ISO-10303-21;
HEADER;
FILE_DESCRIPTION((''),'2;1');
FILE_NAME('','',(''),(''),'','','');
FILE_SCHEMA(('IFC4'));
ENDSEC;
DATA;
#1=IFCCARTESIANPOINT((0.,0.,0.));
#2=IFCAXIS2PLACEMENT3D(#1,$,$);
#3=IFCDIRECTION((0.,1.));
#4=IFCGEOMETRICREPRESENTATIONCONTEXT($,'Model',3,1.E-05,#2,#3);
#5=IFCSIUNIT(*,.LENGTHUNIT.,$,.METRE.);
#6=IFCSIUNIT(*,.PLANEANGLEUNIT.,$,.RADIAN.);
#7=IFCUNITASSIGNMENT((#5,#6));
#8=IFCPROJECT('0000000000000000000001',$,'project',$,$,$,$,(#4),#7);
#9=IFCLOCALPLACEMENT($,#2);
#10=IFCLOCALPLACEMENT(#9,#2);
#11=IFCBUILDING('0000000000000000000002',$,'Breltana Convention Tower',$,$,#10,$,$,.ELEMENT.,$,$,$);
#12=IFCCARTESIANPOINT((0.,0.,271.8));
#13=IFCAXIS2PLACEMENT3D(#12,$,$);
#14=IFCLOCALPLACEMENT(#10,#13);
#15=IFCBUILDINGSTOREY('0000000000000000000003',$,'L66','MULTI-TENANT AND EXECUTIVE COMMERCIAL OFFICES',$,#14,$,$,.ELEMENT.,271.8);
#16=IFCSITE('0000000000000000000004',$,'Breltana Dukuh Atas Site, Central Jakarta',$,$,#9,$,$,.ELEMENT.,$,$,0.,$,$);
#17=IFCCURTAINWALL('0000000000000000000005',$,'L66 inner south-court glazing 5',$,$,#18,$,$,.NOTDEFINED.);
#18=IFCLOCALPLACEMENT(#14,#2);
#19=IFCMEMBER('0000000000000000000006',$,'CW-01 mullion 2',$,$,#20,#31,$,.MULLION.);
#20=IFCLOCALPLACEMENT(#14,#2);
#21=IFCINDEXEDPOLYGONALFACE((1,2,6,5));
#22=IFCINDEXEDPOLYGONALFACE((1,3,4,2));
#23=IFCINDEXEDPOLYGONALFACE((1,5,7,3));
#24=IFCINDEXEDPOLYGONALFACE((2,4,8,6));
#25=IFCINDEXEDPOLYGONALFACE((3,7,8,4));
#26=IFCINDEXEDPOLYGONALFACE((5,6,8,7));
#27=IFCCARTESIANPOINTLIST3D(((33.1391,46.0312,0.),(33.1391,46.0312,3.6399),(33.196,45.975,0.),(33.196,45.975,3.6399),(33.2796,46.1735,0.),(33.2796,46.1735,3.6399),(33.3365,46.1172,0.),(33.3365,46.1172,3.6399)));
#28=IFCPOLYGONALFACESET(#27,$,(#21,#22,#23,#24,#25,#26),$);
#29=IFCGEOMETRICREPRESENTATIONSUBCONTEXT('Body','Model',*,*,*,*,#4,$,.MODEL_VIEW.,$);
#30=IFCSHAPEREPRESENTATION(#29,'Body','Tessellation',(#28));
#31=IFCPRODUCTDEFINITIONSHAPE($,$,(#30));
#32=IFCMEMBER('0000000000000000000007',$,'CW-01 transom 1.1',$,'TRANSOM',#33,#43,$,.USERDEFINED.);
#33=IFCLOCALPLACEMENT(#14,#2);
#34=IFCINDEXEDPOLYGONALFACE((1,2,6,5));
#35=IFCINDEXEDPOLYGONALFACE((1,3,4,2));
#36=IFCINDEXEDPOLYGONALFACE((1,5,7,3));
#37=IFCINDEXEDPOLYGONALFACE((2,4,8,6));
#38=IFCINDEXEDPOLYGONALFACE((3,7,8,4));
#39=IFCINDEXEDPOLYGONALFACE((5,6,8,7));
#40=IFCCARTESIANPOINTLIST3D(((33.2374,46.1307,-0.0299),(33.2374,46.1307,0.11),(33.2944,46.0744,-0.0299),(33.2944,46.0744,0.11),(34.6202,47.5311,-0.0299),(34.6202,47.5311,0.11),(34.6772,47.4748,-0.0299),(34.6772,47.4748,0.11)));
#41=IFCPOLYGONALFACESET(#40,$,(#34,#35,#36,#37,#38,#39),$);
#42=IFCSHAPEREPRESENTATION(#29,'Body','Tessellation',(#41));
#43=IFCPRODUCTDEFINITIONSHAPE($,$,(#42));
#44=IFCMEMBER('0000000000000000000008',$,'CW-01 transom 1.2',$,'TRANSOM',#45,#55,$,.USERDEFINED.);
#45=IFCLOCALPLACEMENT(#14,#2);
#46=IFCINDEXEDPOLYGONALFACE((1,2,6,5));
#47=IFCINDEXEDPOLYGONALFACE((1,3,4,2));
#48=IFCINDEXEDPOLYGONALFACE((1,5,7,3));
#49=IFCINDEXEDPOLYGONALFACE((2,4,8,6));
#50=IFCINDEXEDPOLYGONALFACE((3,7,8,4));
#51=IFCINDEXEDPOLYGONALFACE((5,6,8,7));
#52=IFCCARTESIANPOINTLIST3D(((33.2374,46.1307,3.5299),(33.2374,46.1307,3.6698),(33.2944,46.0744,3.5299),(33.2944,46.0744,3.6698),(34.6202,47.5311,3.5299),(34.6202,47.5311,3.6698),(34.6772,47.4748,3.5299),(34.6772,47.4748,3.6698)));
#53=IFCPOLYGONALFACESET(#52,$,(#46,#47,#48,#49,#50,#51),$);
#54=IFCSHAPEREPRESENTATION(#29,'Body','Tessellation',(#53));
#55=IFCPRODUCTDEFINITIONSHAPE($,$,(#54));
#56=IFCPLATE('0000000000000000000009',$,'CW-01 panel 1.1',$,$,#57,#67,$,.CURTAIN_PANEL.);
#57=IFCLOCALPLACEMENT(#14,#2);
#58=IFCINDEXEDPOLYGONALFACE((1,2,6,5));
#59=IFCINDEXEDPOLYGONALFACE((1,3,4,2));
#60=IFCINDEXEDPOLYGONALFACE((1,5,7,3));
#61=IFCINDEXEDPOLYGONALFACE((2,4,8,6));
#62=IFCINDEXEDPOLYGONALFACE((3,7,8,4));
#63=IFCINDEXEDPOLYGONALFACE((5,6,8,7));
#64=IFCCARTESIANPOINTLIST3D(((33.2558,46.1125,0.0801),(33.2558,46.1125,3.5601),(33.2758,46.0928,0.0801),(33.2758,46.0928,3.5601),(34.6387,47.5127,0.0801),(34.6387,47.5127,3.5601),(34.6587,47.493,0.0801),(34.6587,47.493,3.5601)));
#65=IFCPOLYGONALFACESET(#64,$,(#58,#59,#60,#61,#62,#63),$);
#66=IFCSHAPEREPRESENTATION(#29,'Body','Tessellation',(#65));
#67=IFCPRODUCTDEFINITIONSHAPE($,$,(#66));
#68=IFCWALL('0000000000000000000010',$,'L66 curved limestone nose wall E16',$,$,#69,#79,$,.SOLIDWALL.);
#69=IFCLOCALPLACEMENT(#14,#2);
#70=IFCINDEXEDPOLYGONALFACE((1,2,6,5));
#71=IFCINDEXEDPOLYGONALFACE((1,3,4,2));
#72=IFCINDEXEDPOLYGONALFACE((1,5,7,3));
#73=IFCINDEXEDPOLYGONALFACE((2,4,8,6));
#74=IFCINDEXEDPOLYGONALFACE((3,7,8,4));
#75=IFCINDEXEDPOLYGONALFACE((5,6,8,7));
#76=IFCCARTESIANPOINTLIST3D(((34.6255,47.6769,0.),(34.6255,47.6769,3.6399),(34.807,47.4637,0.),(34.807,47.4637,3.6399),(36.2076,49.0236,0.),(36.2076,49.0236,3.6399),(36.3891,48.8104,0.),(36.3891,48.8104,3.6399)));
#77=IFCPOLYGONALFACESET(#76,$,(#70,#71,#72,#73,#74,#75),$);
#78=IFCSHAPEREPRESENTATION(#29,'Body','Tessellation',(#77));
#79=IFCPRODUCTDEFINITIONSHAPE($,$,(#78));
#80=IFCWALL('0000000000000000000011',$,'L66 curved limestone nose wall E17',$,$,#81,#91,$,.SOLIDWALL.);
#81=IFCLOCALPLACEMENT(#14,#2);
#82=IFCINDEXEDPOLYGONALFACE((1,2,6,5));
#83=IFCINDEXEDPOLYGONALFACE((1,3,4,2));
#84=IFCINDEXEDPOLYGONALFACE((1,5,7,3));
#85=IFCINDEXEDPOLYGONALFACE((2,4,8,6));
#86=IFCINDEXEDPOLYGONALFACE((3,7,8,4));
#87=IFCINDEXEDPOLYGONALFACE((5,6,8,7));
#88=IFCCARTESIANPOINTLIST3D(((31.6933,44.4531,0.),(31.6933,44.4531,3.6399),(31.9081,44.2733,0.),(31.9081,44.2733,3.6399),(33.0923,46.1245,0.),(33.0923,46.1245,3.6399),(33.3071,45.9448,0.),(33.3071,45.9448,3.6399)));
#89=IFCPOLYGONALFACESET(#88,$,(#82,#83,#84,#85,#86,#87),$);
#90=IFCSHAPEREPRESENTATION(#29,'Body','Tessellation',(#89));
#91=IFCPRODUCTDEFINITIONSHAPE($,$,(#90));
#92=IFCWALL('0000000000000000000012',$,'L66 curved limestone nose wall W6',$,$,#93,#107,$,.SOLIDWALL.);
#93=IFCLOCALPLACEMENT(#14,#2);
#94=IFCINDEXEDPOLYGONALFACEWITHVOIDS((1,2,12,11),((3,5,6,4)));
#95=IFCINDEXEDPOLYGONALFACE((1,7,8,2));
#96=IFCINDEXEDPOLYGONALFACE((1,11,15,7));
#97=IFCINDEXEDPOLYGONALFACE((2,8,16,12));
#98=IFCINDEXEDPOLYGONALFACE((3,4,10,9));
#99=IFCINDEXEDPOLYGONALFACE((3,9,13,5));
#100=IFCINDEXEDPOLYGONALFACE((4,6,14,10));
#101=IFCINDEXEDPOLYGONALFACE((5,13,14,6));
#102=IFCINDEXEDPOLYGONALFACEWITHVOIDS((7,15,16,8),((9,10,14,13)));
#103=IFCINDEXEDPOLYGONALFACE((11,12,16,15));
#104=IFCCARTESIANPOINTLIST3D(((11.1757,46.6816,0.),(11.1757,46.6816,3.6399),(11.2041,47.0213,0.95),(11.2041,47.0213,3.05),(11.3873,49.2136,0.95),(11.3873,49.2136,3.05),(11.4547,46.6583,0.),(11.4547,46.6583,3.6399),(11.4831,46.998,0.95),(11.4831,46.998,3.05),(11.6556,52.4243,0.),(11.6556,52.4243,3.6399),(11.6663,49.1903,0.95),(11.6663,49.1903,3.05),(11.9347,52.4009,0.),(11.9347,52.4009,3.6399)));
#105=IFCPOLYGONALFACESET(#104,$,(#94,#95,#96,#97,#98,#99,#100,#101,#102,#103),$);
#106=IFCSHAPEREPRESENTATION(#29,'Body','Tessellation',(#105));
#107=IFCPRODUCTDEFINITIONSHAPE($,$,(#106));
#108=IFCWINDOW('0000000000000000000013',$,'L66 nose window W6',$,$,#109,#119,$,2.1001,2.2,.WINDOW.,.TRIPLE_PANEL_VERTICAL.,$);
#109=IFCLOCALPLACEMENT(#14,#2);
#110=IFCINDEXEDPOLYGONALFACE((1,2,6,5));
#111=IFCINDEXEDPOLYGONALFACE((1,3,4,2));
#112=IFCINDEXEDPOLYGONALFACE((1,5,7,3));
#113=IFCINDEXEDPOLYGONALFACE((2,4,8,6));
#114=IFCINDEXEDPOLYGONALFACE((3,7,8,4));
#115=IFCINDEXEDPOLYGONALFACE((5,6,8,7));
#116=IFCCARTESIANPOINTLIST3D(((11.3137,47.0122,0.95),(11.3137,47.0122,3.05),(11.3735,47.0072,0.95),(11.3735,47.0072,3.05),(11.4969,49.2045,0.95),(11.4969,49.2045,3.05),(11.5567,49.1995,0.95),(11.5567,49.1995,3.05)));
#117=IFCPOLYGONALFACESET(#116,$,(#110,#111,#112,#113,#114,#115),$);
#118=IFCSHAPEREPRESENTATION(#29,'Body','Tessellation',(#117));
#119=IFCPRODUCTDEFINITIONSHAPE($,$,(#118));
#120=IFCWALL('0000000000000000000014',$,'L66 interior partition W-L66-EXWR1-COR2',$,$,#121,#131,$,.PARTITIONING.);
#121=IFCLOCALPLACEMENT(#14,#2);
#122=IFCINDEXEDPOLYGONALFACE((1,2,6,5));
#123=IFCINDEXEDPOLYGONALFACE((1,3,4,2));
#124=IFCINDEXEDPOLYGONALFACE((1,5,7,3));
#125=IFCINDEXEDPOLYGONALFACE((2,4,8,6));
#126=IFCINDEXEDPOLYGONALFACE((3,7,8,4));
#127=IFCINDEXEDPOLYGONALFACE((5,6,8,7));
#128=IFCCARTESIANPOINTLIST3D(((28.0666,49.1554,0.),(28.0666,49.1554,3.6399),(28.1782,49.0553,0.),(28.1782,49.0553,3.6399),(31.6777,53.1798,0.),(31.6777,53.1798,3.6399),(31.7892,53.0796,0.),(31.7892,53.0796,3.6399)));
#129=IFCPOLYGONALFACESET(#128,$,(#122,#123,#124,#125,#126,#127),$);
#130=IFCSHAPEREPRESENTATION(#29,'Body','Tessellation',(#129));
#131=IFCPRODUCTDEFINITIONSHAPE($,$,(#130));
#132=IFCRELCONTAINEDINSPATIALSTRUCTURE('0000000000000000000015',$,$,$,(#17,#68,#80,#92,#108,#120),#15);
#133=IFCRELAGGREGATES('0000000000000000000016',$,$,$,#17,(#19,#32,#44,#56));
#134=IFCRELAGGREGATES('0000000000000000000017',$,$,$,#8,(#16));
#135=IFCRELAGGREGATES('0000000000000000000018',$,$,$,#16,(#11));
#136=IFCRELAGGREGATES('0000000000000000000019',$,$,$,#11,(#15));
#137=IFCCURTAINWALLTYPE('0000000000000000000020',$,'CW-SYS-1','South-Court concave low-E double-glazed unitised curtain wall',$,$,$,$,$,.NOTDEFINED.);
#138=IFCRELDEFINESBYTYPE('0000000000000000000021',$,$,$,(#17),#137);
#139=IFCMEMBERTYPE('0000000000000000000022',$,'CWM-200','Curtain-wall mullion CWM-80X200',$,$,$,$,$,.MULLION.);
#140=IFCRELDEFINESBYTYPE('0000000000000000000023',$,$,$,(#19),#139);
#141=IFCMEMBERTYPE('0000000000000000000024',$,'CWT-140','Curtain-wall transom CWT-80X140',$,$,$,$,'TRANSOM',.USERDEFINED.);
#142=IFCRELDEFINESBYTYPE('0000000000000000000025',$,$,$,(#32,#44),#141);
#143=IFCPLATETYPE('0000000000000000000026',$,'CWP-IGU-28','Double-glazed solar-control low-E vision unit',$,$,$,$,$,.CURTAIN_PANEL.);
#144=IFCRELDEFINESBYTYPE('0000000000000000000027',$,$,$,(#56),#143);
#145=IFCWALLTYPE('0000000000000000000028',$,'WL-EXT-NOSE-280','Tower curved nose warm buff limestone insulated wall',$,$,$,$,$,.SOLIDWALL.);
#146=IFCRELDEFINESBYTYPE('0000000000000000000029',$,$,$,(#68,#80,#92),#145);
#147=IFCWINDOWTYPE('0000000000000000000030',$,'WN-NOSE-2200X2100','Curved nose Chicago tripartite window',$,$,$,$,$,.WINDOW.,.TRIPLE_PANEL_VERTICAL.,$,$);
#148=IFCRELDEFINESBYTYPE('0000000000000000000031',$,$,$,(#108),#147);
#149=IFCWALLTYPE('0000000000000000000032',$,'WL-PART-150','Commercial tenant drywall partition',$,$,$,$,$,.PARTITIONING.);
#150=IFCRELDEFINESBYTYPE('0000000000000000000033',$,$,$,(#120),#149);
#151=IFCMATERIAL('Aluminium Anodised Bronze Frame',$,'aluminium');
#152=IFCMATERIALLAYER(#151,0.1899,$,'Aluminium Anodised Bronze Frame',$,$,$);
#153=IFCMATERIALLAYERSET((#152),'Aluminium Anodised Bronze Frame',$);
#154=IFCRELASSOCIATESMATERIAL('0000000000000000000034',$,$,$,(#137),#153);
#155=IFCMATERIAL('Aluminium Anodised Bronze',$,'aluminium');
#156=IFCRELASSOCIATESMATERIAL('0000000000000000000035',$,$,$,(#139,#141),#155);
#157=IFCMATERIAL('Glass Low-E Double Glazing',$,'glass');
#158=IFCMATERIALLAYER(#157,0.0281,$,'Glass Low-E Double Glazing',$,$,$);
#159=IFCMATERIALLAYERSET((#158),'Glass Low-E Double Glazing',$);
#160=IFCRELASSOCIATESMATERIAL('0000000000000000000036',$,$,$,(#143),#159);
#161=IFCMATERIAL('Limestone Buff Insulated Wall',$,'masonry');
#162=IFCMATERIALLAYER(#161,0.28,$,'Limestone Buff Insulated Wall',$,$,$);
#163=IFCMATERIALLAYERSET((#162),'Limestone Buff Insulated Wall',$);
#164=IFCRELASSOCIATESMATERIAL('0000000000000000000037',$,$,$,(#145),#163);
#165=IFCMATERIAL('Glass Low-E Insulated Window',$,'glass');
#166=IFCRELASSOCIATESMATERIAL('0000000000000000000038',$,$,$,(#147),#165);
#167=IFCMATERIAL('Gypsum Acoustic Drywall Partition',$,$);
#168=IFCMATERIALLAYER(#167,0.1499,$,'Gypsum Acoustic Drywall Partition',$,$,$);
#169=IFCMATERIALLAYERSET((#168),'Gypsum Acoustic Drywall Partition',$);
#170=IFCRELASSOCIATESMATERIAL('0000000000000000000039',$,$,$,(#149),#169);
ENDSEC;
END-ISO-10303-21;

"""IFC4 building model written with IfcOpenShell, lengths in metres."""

from ifc_helpers import new_model, si_unit, direction, frame, frame_2d, origin, origin_2d, place, context, subcontext, project, spatial, rectangle, extrude, source, transform, mapped, material, layer, layer_set, material_profile, profile_set, type_object, type_shapes, element, fill, aggregate, save


model = new_model("IFC4")

# Units and contexts
model_context = context("Model", 3, precision=1e-05, world=origin(), true_north=direction((0.0, 1.0)))
body_context = subcontext(model_context, "Body", "Model", "MODEL_VIEW")
ifc_project = project(units=[si_unit("LENGTHUNIT", "METRE"), si_unit("PLANEANGLEUNIT", "RADIAN")], contexts=[model_context])

# Site, building, storey
site_placement = place(None, origin())
site = spatial("IfcSite", under=ifc_project, at=site_placement, Name="Breltana Dukuh Atas Site, Central Jakarta", CompositionType="ELEMENT", RefElevation=0.0)
building_placement = place(site_placement, origin())
building = spatial("IfcBuilding", under=site, at=building_placement, Name="Breltana Convention Tower", CompositionType="ELEMENT")
storey_placement = place(building_placement, frame((0.0, 0.0, 271.8)))
storey = spatial("IfcBuildingStorey", under=building, at=storey_placement, Name="L66", Description="MULTI-TENANT AND EXECUTIVE COMMERCIAL OFFICES", CompositionType="ELEMENT", Elevation=271.8)

# Curtain wall, members, plate
ifc_material_1 = material(Name="Aluminium Anodised Bronze Frame", Category="aluminium")
ifc_layer_1 = layer(ifc_material_1, 0.1899, Name="Aluminium Anodised Bronze Frame")
ifc_layer_set_1 = layer_set([ifc_layer_1], Name="Aluminium Anodised Bronze Frame")
curtain_wall_type = type_object("IfcCurtainWallType", Name="CW-SYS-1", Description="South-Court concave low-E double-glazed unitised curtain wall", PredefinedType="NOTDEFINED", material=ifc_layer_set_1)
curtain_wall_placement = place(storey_placement, origin())
curtain_wall = element("IfcCurtainWall", 1, at=curtain_wall_placement, inside=storey, type_object=curtain_wall_type, Name="L66 inner south-court glazing 5", PredefinedType="NOTDEFINED")
ifc_material_2 = material(Name="Aluminium Anodised Bronze", Category="aluminium")
ifc_material_profile_1 = material_profile(ifc_material_2, rectangle(XDim=0.0801, YDim=0.2, at=origin_2d()), Name="CWM-80X200")
ifc_profile_set_1 = profile_set([ifc_material_profile_1], Name="Aluminium Anodised Bronze")
member_type_1 = type_object("IfcMemberType", Name="CWM-200", Description="Curtain-wall mullion CWM-80X200", PredefinedType="MULLION", material=ifc_profile_set_1)
shared_shape_1 = source(origin(), body_context, "Body", "SweptSolid", [
    extrude(rectangle(XDim=0.0801, YDim=0.2, at=origin_2d()), origin(), (0.0, 0.0, 1.0), 3.6399),
])
member_1_placement = place(storey_placement, frame((33.2378, 46.0742, 0.0), z_axis=(0.0, 0.0, 1.0), x_axis=(0.711487, -0.702699, 0.0)))
member_1 = element("IfcMember", 2, at=member_1_placement, type_object=member_type_1, Name="CW-01 mullion 2", PredefinedType="MULLION", context=body_context, shape_type="MappedRepresentation", body=[
    mapped(shared_shape_1, transform((0.0, 0.0, 0.0), scale=1.0)),
])
ifc_material_profile_2 = material_profile(ifc_material_2, rectangle(XDim=0.0801, YDim=0.1399, at=origin_2d()), Name="CWT-80X140")
ifc_profile_set_2 = profile_set([ifc_material_profile_2], Name="Aluminium Anodised Bronze")
member_type_2 = type_object("IfcMemberType", Name="CWT-140", Description="Curtain-wall transom CWT-80X140", ElementType="TRANSOM", PredefinedType="USERDEFINED", material=ifc_profile_set_2)
shared_shape_2 = source(origin(), body_context, "Body", "SweptSolid", [
    extrude(rectangle(XDim=0.0801, YDim=0.1399, at=origin_2d()), origin(), (0.0, 0.0, 1.0), 1.968),
])
member_2_placement = place(storey_placement, frame((34.6487, 47.5029, 0.04), z_axis=(-0.702627, -0.711559, 0.0), x_axis=(0.711559, -0.702627, 0.0)))
member_2 = element("IfcMember", 3, at=member_2_placement, type_object=member_type_2, Name="CW-01 transom 1.1", ObjectType="TRANSOM", PredefinedType="USERDEFINED", context=body_context, shape_type="MappedRepresentation", body=[
    mapped(shared_shape_2, transform((0.0, 0.0, 0.0), scale=1.0)),
])
member_3_placement = place(storey_placement, frame((34.6487, 47.5029, 3.5999), z_axis=(-0.702627, -0.711559, 0.0), x_axis=(0.711559, -0.702627, 0.0)))
member_3 = element("IfcMember", 4, at=member_3_placement, type_object=member_type_2, Name="CW-01 transom 1.2", ObjectType="TRANSOM", PredefinedType="USERDEFINED", context=body_context, shape_type="MappedRepresentation", body=[
    mapped(shared_shape_2, transform((0.0, 0.0, 0.0), scale=1.0)),
])
ifc_material_3 = material(Name="Glass Low-E Double Glazing", Category="glass")
ifc_layer_2 = layer(ifc_material_3, 0.0281, Name="Glass Low-E Double Glazing")
ifc_layer_set_2 = layer_set([ifc_layer_2], Name="Glass Low-E Double Glazing")
plate_type = type_object("IfcPlateType", Name="CWP-IGU-28", Description="Double-glazed solar-control low-E vision unit", PredefinedType="CURTAIN_PANEL", material=ifc_layer_set_2)
shared_shape_3 = source(origin(), body_context, "Body", "SweptSolid", [
    extrude(rectangle(XDim=1.968, YDim=0.0281, at=origin_2d()), origin(), (0.0, 0.0, 1.0), 3.48),
])
plate_placement = place(storey_placement, frame((33.9573, 46.8027, 0.0801), z_axis=(0.0, 0.0, 1.0), x_axis=(-0.702699, -0.711487, 0.0)))
plate = element("IfcPlate", 5, at=plate_placement, type_object=plate_type, Name="CW-01 panel 1.1", PredefinedType="CURTAIN_PANEL", context=body_context, shape_type="MappedRepresentation", body=[
    mapped(shared_shape_3, transform((0.0, 0.0, 0.0), scale=1.0)),
])
aggregate(curtain_wall, [member_1, member_2, member_3, plate])

# Walls
ifc_material_4 = material(Name="Limestone Buff Insulated Wall", Category="masonry")
ifc_layer_3 = layer(ifc_material_4, 0.28, Name="Limestone Buff Insulated Wall")
ifc_layer_set_3 = layer_set([ifc_layer_3], Name="Limestone Buff Insulated Wall")
wall_type_1 = type_object("IfcWallType", Name="WL-EXT-NOSE-280", Description="Tower curved nose warm buff limestone insulated wall", PredefinedType="SOLIDWALL", material=ifc_layer_set_3)
shared_shape_4 = source(origin(), body_context, "Body", "SweptSolid", [
    extrude(rectangle(XDim=2.0776, YDim=0.28, at=frame_2d((1.0388, 0.0))), origin(), (0.0, 0.0, 1.0), 3.6399),
])
wall_1_placement = place(storey_placement, frame((36.2983, 48.917, 0.0), z_axis=(0.0, 0.0, 1.0), x_axis=(-0.761475, -0.648194, 0.0)))
element("IfcWall", 6, at=wall_1_placement, inside=storey, type_object=wall_type_1, Name="L66 curved limestone nose wall E16", PredefinedType="SOLIDWALL", context=body_context, shape_type="MappedRepresentation", body=[
    mapped(shared_shape_4, transform((0.0, 0.0, 0.0), scale=1.0)),
])
shared_shape_5 = source(origin(), body_context, "Body", "SweptSolid", [
    extrude(rectangle(XDim=2.1797, YDim=0.28, at=frame_2d((1.0898, 0.0))), origin(), (0.0, 0.0, 1.0), 3.6399),
])
wall_2_placement = place(storey_placement, frame((33.1997, 46.0347, 0.0), z_axis=(0.0, 0.0, 1.0), x_axis=(-0.641836, -0.766842, 0.0)))
element("IfcWall", 7, at=wall_2_placement, inside=storey, type_object=wall_type_1, Name="L66 curved limestone nose wall E17", PredefinedType="SOLIDWALL", context=body_context, shape_type="MappedRepresentation", body=[
    mapped(shared_shape_5, transform((0.0, 0.0, 0.0), scale=1.0)),
])

# Wall, opening, window
shared_shape_6 = source(origin(), body_context, "Body", "SweptSolid", [
    extrude(rectangle(XDim=5.7627, YDim=0.28, at=frame_2d((2.8813, 0.0))), origin(), (0.0, 0.0, 1.0), 3.6399),
])
wall_3_placement = place(storey_placement, frame((11.3152, 46.6699, 0.0), z_axis=(0.0, 0.0, 1.0), x_axis=(0.083291, 0.996525, 0.0)))
wall_3 = element("IfcWall", 8, at=wall_3_placement, inside=storey, type_object=wall_type_1, Name="L66 curved limestone nose wall W6", PredefinedType="SOLIDWALL", context=body_context, shape_type="MappedRepresentation", body=[
    mapped(shared_shape_6, transform((0.0, 0.0, 0.0), scale=1.0)),
])
opening_placement = place(wall_3_placement, frame((0.3408, 0.0, 0.95)))
opening = element("IfcOpeningElement", 9, at=opening_placement, cuts=wall_3, PredefinedType="OPENING", context=body_context, shape_type="SweptSolid", body=[
    extrude(rectangle(XDim=2.2, YDim=2.1001, at=frame_2d((1.1001, 1.05))), frame((0.0, 0.1499, 0.0), z_axis=(0.0, -1.0, 0.0), x_axis=(1.0, 0.0, 0.0)), (0.0, 0.0, 1.0), 0.3),
])
ifc_material_5 = material(Name="Glass Low-E Insulated Window", Category="glass")
window_type = type_object("IfcWindowType", Name="WN-NOSE-2200X2100", Description="Curved nose Chicago tripartite window", PartitioningType="TRIPLE_PANEL_VERTICAL", PredefinedType="WINDOW", material=ifc_material_5)
shared_shape_7 = source(origin(), body_context, "Body", "SweptSolid", [
    extrude(rectangle(XDim=2.2, YDim=2.1001, at=frame_2d((1.1001, 1.05))), frame((0.0, 0.03, 0.0), z_axis=(0.0, -1.0, 0.0), x_axis=(1.0, 0.0, 0.0)), (0.0, 0.0, 1.0), 0.0601),
])
type_shapes(window_type, [shared_shape_7])
window_placement = place(opening_placement, origin())
window = element("IfcWindow", 10, at=window_placement, inside=storey, type_object=window_type, Name="L66 nose window W6", OverallHeight=2.1001, OverallWidth=2.2, PartitioningType="TRIPLE_PANEL_VERTICAL", PredefinedType="WINDOW", context=body_context, shape_type="MappedRepresentation", body=[
    mapped(shared_shape_7, transform((0.0, 0.0, 0.0), scale=1.0)),
])
fill(opening, window)

# Wall
ifc_material_6 = material(Name="Gypsum Acoustic Drywall Partition")
ifc_layer_4 = layer(ifc_material_6, 0.1499, Name="Gypsum Acoustic Drywall Partition")
ifc_layer_set_4 = layer_set([ifc_layer_4], Name="Gypsum Acoustic Drywall Partition")
wall_type_2 = type_object("IfcWallType", Name="WL-PART-150", Description="Commercial tenant drywall partition", PredefinedType="PARTITIONING", material=ifc_layer_set_4)
shared_shape_8 = source(origin(), body_context, "Body", "SweptSolid", [
    extrude(rectangle(XDim=5.407, YDim=0.1499, at=frame_2d((2.7036, 0.0))), origin(), (0.0, 0.0, 1.0), 3.6399),
])
wall_4_placement = place(storey_placement, frame((28.1223, 49.1052, 0.0), z_axis=(0.0, 0.0, 1.0), x_axis=(0.667851, 0.744295, 0.0)))
element("IfcWall", 11, at=wall_4_placement, inside=storey, type_object=wall_type_2, Name="L66 interior partition W-L66-EXWR1-COR2", PredefinedType="PARTITIONING", context=body_context, shape_type="MappedRepresentation", body=[
    mapped(shared_shape_8, transform((0.0, 0.0, 0.0), scale=1.0)),
])

save(model, "model.ifc")
